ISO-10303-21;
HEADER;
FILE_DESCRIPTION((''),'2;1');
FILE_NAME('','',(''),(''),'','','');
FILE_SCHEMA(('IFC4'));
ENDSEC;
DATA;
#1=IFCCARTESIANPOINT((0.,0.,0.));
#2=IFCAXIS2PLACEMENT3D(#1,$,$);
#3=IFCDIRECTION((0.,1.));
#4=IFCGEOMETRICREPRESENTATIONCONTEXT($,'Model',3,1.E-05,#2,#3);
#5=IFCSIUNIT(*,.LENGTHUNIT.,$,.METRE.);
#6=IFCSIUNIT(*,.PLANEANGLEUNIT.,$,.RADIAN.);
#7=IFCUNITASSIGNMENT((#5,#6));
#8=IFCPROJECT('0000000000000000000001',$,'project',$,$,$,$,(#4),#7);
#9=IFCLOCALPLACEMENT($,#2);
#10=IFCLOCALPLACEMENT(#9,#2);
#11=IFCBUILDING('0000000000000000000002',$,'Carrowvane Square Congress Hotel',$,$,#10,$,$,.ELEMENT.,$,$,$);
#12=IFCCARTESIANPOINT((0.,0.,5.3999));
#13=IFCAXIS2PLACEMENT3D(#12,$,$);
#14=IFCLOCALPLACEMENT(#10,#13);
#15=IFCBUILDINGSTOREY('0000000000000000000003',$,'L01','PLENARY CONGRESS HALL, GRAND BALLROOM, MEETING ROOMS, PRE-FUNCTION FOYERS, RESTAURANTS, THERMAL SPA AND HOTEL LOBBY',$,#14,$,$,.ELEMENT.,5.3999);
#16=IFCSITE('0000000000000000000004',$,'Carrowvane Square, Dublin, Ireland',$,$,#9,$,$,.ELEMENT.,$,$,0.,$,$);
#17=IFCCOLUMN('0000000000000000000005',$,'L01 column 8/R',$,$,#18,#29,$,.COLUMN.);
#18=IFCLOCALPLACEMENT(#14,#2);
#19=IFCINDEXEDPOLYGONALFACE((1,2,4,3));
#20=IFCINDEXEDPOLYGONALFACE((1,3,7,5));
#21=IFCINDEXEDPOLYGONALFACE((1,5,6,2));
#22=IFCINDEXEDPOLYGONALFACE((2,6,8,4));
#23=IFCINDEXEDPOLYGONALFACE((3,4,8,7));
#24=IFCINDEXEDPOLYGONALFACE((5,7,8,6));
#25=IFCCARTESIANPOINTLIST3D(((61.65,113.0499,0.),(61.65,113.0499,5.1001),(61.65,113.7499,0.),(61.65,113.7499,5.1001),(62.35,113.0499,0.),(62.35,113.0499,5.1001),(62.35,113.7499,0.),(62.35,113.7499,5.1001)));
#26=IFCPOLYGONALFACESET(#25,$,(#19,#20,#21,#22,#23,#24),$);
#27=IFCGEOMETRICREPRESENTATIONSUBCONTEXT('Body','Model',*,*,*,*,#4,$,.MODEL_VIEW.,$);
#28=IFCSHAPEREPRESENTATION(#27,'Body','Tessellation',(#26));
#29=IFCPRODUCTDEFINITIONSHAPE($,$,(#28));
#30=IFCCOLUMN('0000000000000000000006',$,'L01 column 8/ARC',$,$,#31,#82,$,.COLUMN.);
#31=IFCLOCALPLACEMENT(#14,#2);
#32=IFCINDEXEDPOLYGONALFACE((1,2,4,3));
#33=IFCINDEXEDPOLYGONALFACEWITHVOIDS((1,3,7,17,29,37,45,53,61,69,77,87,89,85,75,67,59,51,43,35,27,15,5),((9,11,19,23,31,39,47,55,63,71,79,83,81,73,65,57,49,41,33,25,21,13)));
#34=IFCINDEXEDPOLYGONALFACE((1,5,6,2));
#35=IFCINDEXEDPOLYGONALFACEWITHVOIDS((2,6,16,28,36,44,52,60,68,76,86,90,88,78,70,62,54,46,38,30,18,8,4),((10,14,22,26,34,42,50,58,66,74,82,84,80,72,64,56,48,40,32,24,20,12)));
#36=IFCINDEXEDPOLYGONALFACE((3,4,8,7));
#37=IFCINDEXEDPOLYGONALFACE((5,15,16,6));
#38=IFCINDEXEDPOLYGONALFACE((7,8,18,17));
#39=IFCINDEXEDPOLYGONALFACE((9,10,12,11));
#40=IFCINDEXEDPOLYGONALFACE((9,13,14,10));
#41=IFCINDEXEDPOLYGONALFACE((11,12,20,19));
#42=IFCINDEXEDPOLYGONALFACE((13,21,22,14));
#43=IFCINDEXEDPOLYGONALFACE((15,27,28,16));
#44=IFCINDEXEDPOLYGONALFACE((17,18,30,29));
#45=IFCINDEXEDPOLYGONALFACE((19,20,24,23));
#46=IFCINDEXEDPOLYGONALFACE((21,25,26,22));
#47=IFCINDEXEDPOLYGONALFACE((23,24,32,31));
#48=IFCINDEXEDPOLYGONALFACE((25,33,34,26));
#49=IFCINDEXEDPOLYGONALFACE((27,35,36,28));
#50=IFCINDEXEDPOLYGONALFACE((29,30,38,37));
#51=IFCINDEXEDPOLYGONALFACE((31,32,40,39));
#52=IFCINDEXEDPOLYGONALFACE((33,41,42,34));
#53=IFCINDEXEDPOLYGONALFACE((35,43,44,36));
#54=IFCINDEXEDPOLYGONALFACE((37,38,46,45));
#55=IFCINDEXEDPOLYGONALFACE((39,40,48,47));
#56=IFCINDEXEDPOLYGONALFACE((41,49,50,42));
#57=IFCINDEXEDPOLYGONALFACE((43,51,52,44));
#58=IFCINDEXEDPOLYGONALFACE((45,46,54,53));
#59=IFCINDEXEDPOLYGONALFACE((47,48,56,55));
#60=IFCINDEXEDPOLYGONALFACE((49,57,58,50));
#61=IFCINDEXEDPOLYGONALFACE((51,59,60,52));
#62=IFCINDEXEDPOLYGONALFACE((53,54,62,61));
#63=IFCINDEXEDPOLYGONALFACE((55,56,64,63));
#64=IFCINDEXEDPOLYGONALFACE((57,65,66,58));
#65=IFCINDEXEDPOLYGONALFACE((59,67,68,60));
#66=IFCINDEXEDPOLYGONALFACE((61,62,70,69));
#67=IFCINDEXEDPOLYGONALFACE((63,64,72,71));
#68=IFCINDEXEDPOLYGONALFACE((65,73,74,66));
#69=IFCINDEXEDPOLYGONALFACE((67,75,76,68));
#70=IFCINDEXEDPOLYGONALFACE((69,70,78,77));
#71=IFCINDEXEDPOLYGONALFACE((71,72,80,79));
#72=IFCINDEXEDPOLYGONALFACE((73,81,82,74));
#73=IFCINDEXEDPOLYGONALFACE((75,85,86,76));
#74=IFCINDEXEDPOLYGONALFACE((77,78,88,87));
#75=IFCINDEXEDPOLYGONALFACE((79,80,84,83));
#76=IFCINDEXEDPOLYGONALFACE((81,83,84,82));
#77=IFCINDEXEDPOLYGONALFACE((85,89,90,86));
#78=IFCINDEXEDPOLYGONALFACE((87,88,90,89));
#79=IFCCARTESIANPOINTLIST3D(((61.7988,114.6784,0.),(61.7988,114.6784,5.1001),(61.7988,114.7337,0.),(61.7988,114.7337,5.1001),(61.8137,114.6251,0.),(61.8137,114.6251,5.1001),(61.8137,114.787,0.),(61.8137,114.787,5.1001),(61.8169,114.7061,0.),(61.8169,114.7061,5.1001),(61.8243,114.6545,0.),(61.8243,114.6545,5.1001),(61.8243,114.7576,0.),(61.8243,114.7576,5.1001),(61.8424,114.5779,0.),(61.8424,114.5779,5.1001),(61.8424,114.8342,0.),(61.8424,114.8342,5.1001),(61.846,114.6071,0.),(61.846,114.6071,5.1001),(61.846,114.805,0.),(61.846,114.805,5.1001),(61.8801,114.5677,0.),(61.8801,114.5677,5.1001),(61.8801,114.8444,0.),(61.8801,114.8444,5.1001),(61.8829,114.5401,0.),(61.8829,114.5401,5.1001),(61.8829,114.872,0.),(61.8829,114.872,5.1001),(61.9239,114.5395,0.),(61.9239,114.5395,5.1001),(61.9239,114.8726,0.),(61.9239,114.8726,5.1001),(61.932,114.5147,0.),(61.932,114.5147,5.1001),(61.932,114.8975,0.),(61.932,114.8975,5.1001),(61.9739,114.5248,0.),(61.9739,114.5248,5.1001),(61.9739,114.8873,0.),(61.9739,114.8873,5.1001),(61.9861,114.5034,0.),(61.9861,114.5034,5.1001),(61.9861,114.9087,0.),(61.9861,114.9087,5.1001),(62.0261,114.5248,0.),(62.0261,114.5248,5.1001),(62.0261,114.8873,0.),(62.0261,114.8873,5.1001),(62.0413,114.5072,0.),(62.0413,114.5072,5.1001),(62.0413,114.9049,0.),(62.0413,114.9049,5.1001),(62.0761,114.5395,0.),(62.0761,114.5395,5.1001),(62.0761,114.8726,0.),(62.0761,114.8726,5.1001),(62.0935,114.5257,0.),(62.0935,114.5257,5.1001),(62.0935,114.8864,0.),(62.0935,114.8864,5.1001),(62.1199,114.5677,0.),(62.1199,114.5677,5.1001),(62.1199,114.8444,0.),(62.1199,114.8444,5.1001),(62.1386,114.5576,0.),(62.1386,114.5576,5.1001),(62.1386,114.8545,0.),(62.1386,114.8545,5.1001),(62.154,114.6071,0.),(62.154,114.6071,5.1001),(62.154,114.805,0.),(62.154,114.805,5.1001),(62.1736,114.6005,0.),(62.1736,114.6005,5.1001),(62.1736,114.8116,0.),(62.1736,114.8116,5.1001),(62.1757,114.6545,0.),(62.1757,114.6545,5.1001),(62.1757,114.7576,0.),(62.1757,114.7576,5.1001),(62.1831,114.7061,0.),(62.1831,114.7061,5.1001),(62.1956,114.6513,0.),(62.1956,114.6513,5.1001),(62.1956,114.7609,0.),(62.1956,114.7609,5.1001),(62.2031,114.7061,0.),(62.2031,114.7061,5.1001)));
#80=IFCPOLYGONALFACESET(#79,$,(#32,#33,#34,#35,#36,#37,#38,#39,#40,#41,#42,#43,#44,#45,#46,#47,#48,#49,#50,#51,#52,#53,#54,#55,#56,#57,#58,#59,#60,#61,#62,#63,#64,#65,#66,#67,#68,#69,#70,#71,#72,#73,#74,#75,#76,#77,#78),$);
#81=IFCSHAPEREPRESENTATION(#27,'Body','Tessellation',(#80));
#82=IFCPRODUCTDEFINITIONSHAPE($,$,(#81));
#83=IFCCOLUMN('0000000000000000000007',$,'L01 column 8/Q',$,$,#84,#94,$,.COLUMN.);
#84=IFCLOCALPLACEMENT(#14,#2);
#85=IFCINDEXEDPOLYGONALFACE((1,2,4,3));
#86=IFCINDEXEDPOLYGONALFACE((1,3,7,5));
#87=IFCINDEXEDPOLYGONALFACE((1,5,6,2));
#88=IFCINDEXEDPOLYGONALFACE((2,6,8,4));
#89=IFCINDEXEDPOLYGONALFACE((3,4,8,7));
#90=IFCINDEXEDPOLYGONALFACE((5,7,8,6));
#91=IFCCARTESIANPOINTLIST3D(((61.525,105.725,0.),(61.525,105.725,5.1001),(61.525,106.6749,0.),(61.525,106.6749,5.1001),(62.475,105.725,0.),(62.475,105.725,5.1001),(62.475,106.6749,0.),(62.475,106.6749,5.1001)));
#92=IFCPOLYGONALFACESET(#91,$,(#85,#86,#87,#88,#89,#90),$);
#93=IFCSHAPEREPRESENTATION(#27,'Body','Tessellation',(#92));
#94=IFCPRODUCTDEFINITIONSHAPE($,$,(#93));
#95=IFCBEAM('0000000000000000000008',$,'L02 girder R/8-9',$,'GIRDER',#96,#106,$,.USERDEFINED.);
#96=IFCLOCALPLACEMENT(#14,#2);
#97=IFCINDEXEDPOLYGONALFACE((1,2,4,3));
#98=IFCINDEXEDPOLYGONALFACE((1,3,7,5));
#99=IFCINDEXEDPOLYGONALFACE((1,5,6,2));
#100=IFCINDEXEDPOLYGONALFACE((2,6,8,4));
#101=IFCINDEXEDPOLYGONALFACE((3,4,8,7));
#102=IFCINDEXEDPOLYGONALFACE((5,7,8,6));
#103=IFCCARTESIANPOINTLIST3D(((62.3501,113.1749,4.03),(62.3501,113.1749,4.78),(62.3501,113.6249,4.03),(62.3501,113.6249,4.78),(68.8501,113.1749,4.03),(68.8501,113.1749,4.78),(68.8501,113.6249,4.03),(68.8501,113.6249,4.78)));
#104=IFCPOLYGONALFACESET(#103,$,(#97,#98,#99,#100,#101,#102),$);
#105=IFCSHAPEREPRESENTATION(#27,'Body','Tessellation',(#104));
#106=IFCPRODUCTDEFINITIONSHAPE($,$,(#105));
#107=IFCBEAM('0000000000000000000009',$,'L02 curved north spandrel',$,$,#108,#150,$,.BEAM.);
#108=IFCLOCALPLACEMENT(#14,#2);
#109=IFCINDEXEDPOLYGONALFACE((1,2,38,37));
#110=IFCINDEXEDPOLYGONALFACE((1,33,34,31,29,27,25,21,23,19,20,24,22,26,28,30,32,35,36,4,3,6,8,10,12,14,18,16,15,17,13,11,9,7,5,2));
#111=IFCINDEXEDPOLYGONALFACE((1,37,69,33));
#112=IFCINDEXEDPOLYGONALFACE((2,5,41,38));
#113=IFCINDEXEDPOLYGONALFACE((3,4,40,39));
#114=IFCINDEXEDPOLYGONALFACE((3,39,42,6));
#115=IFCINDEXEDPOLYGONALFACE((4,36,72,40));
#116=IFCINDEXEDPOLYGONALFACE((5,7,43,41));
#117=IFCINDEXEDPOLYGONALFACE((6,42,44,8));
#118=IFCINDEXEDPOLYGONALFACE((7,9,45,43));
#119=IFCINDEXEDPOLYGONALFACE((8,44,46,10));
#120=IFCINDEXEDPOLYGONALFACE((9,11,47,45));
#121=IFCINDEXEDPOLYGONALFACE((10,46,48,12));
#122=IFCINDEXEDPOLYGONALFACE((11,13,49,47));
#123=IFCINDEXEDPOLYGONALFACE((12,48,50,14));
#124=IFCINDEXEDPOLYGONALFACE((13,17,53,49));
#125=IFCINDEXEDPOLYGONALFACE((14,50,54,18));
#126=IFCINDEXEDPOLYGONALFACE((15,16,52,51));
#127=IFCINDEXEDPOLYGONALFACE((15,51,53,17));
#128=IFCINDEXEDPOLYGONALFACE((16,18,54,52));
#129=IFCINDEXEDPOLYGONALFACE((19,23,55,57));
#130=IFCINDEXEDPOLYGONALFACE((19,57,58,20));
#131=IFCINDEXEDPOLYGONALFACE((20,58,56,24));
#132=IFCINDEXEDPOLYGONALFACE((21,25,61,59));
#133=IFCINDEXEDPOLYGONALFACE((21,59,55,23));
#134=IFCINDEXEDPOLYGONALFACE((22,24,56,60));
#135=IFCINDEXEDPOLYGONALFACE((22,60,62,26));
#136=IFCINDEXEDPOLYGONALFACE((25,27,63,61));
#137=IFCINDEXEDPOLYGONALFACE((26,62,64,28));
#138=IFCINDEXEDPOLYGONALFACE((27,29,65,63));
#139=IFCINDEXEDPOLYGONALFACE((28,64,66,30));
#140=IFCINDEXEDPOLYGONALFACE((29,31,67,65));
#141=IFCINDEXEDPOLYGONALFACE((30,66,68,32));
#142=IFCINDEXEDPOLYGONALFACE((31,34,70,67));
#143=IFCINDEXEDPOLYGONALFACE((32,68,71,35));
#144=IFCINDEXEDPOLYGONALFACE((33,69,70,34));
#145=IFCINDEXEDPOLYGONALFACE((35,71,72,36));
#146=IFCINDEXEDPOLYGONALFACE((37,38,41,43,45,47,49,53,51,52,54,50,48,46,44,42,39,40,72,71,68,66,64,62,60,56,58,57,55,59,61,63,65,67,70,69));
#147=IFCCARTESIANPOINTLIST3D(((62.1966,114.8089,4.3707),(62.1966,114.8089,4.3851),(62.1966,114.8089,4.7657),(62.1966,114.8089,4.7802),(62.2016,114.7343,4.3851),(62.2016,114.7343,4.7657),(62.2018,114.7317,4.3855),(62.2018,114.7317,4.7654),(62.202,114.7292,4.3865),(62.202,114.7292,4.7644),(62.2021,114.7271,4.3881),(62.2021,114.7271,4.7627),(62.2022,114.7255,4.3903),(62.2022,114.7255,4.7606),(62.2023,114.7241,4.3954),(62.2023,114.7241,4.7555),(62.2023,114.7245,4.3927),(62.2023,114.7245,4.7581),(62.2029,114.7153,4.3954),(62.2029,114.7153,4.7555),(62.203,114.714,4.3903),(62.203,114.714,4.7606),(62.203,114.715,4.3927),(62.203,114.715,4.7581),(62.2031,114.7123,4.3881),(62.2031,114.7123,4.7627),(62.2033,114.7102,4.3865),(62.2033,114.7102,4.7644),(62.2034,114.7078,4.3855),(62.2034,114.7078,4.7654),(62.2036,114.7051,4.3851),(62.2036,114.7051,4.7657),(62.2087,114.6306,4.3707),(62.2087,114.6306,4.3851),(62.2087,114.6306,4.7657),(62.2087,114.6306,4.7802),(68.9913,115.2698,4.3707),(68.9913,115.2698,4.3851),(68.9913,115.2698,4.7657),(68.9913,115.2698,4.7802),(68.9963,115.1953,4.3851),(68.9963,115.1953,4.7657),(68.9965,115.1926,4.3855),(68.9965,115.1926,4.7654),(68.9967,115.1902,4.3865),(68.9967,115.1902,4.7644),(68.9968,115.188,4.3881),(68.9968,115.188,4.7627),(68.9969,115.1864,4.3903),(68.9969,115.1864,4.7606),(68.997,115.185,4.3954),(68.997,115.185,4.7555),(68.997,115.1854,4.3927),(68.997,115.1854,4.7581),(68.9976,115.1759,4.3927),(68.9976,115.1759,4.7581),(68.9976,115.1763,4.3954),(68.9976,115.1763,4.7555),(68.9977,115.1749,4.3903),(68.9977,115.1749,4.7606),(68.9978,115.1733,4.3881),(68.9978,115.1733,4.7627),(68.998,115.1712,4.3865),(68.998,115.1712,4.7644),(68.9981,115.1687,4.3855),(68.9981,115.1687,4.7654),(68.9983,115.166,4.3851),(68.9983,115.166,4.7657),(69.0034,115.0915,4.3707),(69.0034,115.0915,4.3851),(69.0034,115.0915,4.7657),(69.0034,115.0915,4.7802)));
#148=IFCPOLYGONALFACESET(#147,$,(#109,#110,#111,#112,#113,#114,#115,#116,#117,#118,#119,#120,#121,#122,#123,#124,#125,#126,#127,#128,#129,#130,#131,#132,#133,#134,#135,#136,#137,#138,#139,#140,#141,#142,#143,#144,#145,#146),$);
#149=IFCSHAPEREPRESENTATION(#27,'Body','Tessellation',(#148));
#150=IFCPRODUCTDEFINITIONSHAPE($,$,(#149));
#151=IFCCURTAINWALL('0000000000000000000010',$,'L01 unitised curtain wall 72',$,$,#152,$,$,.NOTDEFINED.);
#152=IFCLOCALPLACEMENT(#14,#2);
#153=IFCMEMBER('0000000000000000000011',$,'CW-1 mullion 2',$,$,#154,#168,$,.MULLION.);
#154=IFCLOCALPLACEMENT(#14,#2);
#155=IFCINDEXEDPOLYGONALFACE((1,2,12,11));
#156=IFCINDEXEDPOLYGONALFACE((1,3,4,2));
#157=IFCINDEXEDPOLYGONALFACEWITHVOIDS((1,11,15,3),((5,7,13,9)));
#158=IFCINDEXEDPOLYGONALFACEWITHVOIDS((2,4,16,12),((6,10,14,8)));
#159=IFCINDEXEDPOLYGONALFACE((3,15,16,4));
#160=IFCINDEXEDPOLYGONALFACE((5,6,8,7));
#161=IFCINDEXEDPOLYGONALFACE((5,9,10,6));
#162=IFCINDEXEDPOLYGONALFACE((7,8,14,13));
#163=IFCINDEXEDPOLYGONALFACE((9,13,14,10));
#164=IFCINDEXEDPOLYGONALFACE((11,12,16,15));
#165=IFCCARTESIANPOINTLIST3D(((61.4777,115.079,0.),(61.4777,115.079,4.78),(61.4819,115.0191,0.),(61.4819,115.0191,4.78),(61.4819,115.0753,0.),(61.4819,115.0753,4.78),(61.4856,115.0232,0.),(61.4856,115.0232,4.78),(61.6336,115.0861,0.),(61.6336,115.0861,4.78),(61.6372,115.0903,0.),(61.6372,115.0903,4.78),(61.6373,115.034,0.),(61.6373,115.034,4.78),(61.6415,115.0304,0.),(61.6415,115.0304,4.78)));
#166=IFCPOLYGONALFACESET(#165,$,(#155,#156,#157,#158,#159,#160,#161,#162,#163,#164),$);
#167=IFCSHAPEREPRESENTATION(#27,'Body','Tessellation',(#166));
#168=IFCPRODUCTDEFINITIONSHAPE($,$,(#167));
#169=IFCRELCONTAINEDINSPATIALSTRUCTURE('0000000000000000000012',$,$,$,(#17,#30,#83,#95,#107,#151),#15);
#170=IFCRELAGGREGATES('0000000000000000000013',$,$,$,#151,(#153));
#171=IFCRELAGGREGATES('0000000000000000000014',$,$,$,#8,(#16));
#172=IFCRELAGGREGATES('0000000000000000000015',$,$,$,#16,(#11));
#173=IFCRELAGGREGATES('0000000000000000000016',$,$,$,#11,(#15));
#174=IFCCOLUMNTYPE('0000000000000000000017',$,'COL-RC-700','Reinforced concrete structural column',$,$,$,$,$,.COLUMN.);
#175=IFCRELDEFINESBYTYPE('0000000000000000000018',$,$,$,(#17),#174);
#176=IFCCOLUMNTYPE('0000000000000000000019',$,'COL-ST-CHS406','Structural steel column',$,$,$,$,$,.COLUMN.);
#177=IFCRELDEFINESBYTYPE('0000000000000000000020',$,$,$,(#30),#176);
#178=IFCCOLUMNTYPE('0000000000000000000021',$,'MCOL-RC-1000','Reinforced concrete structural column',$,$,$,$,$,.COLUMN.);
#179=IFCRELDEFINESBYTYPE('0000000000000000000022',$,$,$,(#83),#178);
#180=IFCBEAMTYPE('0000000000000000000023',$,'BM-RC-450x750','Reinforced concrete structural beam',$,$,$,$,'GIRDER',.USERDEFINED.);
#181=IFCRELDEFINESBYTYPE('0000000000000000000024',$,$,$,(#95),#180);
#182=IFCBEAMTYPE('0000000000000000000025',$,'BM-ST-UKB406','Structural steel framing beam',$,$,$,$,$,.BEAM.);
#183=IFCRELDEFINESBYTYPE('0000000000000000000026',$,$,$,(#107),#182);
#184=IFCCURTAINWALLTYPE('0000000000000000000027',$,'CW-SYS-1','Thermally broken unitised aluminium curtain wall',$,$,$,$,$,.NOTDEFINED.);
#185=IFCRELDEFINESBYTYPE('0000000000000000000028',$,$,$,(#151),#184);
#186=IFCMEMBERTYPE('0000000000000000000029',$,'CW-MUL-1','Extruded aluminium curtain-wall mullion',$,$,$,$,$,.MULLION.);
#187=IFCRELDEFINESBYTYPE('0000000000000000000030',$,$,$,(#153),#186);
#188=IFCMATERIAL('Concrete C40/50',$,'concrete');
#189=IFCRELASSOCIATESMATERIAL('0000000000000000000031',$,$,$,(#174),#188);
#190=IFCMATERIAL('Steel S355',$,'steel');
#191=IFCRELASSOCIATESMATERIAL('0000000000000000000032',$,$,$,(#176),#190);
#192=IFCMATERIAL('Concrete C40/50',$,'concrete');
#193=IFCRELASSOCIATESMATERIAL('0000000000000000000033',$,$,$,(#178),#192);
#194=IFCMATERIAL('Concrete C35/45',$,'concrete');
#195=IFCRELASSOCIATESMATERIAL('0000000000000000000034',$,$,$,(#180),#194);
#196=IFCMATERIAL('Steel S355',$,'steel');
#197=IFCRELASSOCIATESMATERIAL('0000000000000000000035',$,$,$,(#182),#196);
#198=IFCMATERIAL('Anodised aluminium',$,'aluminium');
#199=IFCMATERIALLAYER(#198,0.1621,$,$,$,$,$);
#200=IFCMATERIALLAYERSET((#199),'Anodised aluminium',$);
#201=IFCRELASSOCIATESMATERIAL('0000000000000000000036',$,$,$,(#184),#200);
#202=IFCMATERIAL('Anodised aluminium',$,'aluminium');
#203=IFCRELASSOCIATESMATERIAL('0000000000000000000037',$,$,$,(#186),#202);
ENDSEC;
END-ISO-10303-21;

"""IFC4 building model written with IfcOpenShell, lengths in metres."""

from ifc_helpers import new_model, si_unit, direction, frame, origin, origin_2d, place, context, subcontext, project, spatial, rectangle, hollow_rectangle, hollow_circle, i_section, extrude, material, layer, layer_set, material_profile, profile_set, type_object, element, aggregate, save


model = new_model("IFC4")

# Units and contexts
model_context = context("Model", 3, precision=1e-05, world=origin(), true_north=direction((0.0, 1.0)))
body_context = subcontext(model_context, "Body", "Model", "MODEL_VIEW")
ifc_project = project(units=[si_unit("LENGTHUNIT", "METRE"), si_unit("PLANEANGLEUNIT", "RADIAN")], contexts=[model_context])

# Site, building, storey
site_placement = place(None, origin())
site = spatial("IfcSite", under=ifc_project, at=site_placement, Name="Carrowvane Square, Dublin, Ireland", CompositionType="ELEMENT", RefElevation=0.0)
building_placement = place(site_placement, origin())
building = spatial("IfcBuilding", under=site, at=building_placement, Name="Carrowvane Square Congress Hotel", CompositionType="ELEMENT")
storey_placement = place(building_placement, frame((0.0, 0.0, 5.3999)))
storey = spatial("IfcBuildingStorey", under=building, at=storey_placement, Name="L01", Description="PLENARY CONGRESS HALL, GRAND BALLROOM, MEETING ROOMS, PRE-FUNCTION FOYERS, RESTAURANTS, THERMAL SPA AND HOTEL LOBBY", CompositionType="ELEMENT", Elevation=5.3999)

# Columns
ifc_material_1 = material(Name="Concrete C40/50", Category="concrete")
ifc_material_profile_1 = material_profile(ifc_material_1, rectangle(XDim=0.7, YDim=0.7, at=origin_2d()), Name="RC 700x700")
ifc_profile_set_1 = profile_set([ifc_material_profile_1], Name="Concrete C40/50")
column_type_1 = type_object("IfcColumnType", Name="COL-RC-700", Description="Reinforced concrete structural column", PredefinedType="COLUMN", material=ifc_profile_set_1)
column_1_placement = place(storey_placement, frame((62.0, 113.3999, 0.0), z_axis=(0.0, 0.0, 1.0), x_axis=(1.0, 0.0, 0.0)))
element("IfcColumn", 1, at=column_1_placement, inside=storey, type_object=column_type_1, Name="L01 column 8/R", PredefinedType="COLUMN", context=body_context, shape_type="SweptSolid", body=[
    extrude(rectangle(XDim=0.7, YDim=0.7, at=origin_2d()), origin(), (0.0, 0.0, 1.0), 5.1001),
])
ifc_material_2 = material(Name="Steel S355", Category="steel")
ifc_material_profile_2 = material_profile(ifc_material_2, hollow_circle(Radius=0.2031, WallThickness=0.02, at=origin_2d()), Name="CHS 406.4x20")
ifc_profile_set_2 = profile_set([ifc_material_profile_2], Name="Steel S355")
column_type_2 = type_object("IfcColumnType", Name="COL-ST-CHS406", Description="Structural steel column", PredefinedType="COLUMN", material=ifc_profile_set_2)
column_2_placement = place(storey_placement, frame((62.0, 114.7061, 0.0), z_axis=(0.0, 0.0, 1.0), x_axis=(1.0, 0.0, 0.0)))
element("IfcColumn", 2, at=column_2_placement, inside=storey, type_object=column_type_2, Name="L01 column 8/ARC", PredefinedType="COLUMN", context=body_context, shape_type="SweptSolid", body=[
    extrude(hollow_circle(Radius=0.2031, WallThickness=0.02, at=origin_2d()), origin(), (0.0, 0.0, 1.0), 5.1001),
])
ifc_material_3 = material(Name="Concrete C40/50", Category="concrete")
ifc_material_profile_3 = material_profile(ifc_material_3, rectangle(XDim=0.95, YDim=0.95, at=origin_2d()), Name="RC 950x950")
ifc_profile_set_3 = profile_set([ifc_material_profile_3], Name="Concrete C40/50")
column_type_3 = type_object("IfcColumnType", Name="MCOL-RC-1000", Description="Reinforced concrete structural column", PredefinedType="COLUMN", material=ifc_profile_set_3)
column_3_placement = place(storey_placement, frame((62.0, 106.2, 0.0), z_axis=(0.0, 0.0, 1.0), x_axis=(1.0, 0.0, 0.0)))
element("IfcColumn", 3, at=column_3_placement, inside=storey, type_object=column_type_3, Name="L01 column 8/Q", PredefinedType="COLUMN", context=body_context, shape_type="SweptSolid", body=[
    extrude(rectangle(XDim=0.95, YDim=0.95, at=origin_2d()), origin(), (0.0, 0.0, 1.0), 5.1001),
])

# Beams
ifc_material_4 = material(Name="Concrete C35/45", Category="concrete")
ifc_material_profile_4 = material_profile(ifc_material_4, rectangle(XDim=0.45, YDim=0.75, at=origin_2d()), Name="RC 450x750")
ifc_profile_set_4 = profile_set([ifc_material_profile_4], Name="Concrete C35/45")
beam_type_1 = type_object("IfcBeamType", Name="BM-RC-450x750", Description="Reinforced concrete structural beam", ElementType="GIRDER", PredefinedType="USERDEFINED", material=ifc_profile_set_4)
beam_1_placement = place(storey_placement, frame((62.3501, 113.3999, 4.405), z_axis=(1.0, 0.0, 0.0), x_axis=(0.0, 1.0, 0.0)))
element("IfcBeam", 4, at=beam_1_placement, inside=storey, type_object=beam_type_1, Name="L02 girder R/8-9", ObjectType="GIRDER", PredefinedType="USERDEFINED", context=body_context, shape_type="SweptSolid", body=[
    extrude(rectangle(XDim=0.45, YDim=0.75, at=origin_2d()), origin(), (0.0, 0.0, 1.0), 6.5),
])
ifc_material_5 = material(Name="Steel S355", Category="steel")
ifc_material_profile_5 = material_profile(ifc_material_5, i_section(OverallWidth=0.1787, OverallDepth=0.4094, WebThickness=0.0088, FlangeThickness=0.0144, FilletRadius=0.0103, at=origin_2d()), Name="UKB 406x178x67")
ifc_profile_set_5 = profile_set([ifc_material_profile_5], Name="Steel S355")
beam_type_2 = type_object("IfcBeamType", Name="BM-ST-UKB406", Description="Structural steel framing beam", PredefinedType="BEAM", material=ifc_profile_set_5)
beam_2_placement = place(storey_placement, frame((62.2026, 114.7197, 4.5754), z_axis=(0.997707, 0.067682, 0.0), x_axis=(-0.067682, 0.997707, 0.0)))
element("IfcBeam", 5, at=beam_2_placement, inside=storey, type_object=beam_type_2, Name="L02 curved north spandrel", PredefinedType="BEAM", context=body_context, shape_type="SweptSolid", body=[
    extrude(i_section(OverallWidth=0.1787, OverallDepth=0.4094, WebThickness=0.0088, FlangeThickness=0.0144, FilletRadius=0.0103, at=origin_2d()), origin(), (0.0, 0.0, 1.0), 6.8103),
])

# Curtain wall, member
ifc_material_6 = material(Name="Anodised aluminium", Category="aluminium")
ifc_layer_1 = layer(ifc_material_6, 0.1621)
ifc_layer_set_1 = layer_set([ifc_layer_1], Name="Anodised aluminium")
curtain_wall_type_1 = type_object("IfcCurtainWallType", Name="CW-SYS-1", Description="Thermally broken unitised aluminium curtain wall", PredefinedType="NOTDEFINED", material=ifc_layer_set_1)
curtain_wall_1_placement = place(storey_placement, origin())
curtain_wall_1 = element("IfcCurtainWall", 6, at=curtain_wall_1_placement, inside=storey, type_object=curtain_wall_type_1, Name="L01 unitised curtain wall 72", PredefinedType="NOTDEFINED")
ifc_material_7 = material(Name="Anodised aluminium", Category="aluminium")
ifc_material_profile_6 = material_profile(ifc_material_7, hollow_rectangle(XDim=0.0601, YDim=0.1599, WallThickness=0.0039, at=origin_2d()), Name="CW-ML 60x160x4")
ifc_profile_set_6 = profile_set([ifc_material_profile_6], Name="Anodised aluminium")
member_type_1 = type_object("IfcMemberType", Name="CW-MUL-1", Description="Extruded aluminium curtain-wall mullion", PredefinedType="MULLION", material=ifc_profile_set_6)
member_1_placement = place(storey_placement, frame((61.5596, 115.0547, 0.0), z_axis=(0.0, 0.0, 1.0), x_axis=(-0.07096, 0.997479, 0.0)))
member_1 = element("IfcMember", 7, at=member_1_placement, type_object=member_type_1, Name="CW-1 mullion 2", PredefinedType="MULLION", context=body_context, shape_type="SweptSolid", body=[
    extrude(hollow_rectangle(XDim=0.0601, YDim=0.1599, WallThickness=0.0039, at=origin_2d()), origin(), (0.0, 0.0, 1.0), 4.78),
])

aggregate(curtain_wall_1, [member_1])

save(model, "model.ifc")
